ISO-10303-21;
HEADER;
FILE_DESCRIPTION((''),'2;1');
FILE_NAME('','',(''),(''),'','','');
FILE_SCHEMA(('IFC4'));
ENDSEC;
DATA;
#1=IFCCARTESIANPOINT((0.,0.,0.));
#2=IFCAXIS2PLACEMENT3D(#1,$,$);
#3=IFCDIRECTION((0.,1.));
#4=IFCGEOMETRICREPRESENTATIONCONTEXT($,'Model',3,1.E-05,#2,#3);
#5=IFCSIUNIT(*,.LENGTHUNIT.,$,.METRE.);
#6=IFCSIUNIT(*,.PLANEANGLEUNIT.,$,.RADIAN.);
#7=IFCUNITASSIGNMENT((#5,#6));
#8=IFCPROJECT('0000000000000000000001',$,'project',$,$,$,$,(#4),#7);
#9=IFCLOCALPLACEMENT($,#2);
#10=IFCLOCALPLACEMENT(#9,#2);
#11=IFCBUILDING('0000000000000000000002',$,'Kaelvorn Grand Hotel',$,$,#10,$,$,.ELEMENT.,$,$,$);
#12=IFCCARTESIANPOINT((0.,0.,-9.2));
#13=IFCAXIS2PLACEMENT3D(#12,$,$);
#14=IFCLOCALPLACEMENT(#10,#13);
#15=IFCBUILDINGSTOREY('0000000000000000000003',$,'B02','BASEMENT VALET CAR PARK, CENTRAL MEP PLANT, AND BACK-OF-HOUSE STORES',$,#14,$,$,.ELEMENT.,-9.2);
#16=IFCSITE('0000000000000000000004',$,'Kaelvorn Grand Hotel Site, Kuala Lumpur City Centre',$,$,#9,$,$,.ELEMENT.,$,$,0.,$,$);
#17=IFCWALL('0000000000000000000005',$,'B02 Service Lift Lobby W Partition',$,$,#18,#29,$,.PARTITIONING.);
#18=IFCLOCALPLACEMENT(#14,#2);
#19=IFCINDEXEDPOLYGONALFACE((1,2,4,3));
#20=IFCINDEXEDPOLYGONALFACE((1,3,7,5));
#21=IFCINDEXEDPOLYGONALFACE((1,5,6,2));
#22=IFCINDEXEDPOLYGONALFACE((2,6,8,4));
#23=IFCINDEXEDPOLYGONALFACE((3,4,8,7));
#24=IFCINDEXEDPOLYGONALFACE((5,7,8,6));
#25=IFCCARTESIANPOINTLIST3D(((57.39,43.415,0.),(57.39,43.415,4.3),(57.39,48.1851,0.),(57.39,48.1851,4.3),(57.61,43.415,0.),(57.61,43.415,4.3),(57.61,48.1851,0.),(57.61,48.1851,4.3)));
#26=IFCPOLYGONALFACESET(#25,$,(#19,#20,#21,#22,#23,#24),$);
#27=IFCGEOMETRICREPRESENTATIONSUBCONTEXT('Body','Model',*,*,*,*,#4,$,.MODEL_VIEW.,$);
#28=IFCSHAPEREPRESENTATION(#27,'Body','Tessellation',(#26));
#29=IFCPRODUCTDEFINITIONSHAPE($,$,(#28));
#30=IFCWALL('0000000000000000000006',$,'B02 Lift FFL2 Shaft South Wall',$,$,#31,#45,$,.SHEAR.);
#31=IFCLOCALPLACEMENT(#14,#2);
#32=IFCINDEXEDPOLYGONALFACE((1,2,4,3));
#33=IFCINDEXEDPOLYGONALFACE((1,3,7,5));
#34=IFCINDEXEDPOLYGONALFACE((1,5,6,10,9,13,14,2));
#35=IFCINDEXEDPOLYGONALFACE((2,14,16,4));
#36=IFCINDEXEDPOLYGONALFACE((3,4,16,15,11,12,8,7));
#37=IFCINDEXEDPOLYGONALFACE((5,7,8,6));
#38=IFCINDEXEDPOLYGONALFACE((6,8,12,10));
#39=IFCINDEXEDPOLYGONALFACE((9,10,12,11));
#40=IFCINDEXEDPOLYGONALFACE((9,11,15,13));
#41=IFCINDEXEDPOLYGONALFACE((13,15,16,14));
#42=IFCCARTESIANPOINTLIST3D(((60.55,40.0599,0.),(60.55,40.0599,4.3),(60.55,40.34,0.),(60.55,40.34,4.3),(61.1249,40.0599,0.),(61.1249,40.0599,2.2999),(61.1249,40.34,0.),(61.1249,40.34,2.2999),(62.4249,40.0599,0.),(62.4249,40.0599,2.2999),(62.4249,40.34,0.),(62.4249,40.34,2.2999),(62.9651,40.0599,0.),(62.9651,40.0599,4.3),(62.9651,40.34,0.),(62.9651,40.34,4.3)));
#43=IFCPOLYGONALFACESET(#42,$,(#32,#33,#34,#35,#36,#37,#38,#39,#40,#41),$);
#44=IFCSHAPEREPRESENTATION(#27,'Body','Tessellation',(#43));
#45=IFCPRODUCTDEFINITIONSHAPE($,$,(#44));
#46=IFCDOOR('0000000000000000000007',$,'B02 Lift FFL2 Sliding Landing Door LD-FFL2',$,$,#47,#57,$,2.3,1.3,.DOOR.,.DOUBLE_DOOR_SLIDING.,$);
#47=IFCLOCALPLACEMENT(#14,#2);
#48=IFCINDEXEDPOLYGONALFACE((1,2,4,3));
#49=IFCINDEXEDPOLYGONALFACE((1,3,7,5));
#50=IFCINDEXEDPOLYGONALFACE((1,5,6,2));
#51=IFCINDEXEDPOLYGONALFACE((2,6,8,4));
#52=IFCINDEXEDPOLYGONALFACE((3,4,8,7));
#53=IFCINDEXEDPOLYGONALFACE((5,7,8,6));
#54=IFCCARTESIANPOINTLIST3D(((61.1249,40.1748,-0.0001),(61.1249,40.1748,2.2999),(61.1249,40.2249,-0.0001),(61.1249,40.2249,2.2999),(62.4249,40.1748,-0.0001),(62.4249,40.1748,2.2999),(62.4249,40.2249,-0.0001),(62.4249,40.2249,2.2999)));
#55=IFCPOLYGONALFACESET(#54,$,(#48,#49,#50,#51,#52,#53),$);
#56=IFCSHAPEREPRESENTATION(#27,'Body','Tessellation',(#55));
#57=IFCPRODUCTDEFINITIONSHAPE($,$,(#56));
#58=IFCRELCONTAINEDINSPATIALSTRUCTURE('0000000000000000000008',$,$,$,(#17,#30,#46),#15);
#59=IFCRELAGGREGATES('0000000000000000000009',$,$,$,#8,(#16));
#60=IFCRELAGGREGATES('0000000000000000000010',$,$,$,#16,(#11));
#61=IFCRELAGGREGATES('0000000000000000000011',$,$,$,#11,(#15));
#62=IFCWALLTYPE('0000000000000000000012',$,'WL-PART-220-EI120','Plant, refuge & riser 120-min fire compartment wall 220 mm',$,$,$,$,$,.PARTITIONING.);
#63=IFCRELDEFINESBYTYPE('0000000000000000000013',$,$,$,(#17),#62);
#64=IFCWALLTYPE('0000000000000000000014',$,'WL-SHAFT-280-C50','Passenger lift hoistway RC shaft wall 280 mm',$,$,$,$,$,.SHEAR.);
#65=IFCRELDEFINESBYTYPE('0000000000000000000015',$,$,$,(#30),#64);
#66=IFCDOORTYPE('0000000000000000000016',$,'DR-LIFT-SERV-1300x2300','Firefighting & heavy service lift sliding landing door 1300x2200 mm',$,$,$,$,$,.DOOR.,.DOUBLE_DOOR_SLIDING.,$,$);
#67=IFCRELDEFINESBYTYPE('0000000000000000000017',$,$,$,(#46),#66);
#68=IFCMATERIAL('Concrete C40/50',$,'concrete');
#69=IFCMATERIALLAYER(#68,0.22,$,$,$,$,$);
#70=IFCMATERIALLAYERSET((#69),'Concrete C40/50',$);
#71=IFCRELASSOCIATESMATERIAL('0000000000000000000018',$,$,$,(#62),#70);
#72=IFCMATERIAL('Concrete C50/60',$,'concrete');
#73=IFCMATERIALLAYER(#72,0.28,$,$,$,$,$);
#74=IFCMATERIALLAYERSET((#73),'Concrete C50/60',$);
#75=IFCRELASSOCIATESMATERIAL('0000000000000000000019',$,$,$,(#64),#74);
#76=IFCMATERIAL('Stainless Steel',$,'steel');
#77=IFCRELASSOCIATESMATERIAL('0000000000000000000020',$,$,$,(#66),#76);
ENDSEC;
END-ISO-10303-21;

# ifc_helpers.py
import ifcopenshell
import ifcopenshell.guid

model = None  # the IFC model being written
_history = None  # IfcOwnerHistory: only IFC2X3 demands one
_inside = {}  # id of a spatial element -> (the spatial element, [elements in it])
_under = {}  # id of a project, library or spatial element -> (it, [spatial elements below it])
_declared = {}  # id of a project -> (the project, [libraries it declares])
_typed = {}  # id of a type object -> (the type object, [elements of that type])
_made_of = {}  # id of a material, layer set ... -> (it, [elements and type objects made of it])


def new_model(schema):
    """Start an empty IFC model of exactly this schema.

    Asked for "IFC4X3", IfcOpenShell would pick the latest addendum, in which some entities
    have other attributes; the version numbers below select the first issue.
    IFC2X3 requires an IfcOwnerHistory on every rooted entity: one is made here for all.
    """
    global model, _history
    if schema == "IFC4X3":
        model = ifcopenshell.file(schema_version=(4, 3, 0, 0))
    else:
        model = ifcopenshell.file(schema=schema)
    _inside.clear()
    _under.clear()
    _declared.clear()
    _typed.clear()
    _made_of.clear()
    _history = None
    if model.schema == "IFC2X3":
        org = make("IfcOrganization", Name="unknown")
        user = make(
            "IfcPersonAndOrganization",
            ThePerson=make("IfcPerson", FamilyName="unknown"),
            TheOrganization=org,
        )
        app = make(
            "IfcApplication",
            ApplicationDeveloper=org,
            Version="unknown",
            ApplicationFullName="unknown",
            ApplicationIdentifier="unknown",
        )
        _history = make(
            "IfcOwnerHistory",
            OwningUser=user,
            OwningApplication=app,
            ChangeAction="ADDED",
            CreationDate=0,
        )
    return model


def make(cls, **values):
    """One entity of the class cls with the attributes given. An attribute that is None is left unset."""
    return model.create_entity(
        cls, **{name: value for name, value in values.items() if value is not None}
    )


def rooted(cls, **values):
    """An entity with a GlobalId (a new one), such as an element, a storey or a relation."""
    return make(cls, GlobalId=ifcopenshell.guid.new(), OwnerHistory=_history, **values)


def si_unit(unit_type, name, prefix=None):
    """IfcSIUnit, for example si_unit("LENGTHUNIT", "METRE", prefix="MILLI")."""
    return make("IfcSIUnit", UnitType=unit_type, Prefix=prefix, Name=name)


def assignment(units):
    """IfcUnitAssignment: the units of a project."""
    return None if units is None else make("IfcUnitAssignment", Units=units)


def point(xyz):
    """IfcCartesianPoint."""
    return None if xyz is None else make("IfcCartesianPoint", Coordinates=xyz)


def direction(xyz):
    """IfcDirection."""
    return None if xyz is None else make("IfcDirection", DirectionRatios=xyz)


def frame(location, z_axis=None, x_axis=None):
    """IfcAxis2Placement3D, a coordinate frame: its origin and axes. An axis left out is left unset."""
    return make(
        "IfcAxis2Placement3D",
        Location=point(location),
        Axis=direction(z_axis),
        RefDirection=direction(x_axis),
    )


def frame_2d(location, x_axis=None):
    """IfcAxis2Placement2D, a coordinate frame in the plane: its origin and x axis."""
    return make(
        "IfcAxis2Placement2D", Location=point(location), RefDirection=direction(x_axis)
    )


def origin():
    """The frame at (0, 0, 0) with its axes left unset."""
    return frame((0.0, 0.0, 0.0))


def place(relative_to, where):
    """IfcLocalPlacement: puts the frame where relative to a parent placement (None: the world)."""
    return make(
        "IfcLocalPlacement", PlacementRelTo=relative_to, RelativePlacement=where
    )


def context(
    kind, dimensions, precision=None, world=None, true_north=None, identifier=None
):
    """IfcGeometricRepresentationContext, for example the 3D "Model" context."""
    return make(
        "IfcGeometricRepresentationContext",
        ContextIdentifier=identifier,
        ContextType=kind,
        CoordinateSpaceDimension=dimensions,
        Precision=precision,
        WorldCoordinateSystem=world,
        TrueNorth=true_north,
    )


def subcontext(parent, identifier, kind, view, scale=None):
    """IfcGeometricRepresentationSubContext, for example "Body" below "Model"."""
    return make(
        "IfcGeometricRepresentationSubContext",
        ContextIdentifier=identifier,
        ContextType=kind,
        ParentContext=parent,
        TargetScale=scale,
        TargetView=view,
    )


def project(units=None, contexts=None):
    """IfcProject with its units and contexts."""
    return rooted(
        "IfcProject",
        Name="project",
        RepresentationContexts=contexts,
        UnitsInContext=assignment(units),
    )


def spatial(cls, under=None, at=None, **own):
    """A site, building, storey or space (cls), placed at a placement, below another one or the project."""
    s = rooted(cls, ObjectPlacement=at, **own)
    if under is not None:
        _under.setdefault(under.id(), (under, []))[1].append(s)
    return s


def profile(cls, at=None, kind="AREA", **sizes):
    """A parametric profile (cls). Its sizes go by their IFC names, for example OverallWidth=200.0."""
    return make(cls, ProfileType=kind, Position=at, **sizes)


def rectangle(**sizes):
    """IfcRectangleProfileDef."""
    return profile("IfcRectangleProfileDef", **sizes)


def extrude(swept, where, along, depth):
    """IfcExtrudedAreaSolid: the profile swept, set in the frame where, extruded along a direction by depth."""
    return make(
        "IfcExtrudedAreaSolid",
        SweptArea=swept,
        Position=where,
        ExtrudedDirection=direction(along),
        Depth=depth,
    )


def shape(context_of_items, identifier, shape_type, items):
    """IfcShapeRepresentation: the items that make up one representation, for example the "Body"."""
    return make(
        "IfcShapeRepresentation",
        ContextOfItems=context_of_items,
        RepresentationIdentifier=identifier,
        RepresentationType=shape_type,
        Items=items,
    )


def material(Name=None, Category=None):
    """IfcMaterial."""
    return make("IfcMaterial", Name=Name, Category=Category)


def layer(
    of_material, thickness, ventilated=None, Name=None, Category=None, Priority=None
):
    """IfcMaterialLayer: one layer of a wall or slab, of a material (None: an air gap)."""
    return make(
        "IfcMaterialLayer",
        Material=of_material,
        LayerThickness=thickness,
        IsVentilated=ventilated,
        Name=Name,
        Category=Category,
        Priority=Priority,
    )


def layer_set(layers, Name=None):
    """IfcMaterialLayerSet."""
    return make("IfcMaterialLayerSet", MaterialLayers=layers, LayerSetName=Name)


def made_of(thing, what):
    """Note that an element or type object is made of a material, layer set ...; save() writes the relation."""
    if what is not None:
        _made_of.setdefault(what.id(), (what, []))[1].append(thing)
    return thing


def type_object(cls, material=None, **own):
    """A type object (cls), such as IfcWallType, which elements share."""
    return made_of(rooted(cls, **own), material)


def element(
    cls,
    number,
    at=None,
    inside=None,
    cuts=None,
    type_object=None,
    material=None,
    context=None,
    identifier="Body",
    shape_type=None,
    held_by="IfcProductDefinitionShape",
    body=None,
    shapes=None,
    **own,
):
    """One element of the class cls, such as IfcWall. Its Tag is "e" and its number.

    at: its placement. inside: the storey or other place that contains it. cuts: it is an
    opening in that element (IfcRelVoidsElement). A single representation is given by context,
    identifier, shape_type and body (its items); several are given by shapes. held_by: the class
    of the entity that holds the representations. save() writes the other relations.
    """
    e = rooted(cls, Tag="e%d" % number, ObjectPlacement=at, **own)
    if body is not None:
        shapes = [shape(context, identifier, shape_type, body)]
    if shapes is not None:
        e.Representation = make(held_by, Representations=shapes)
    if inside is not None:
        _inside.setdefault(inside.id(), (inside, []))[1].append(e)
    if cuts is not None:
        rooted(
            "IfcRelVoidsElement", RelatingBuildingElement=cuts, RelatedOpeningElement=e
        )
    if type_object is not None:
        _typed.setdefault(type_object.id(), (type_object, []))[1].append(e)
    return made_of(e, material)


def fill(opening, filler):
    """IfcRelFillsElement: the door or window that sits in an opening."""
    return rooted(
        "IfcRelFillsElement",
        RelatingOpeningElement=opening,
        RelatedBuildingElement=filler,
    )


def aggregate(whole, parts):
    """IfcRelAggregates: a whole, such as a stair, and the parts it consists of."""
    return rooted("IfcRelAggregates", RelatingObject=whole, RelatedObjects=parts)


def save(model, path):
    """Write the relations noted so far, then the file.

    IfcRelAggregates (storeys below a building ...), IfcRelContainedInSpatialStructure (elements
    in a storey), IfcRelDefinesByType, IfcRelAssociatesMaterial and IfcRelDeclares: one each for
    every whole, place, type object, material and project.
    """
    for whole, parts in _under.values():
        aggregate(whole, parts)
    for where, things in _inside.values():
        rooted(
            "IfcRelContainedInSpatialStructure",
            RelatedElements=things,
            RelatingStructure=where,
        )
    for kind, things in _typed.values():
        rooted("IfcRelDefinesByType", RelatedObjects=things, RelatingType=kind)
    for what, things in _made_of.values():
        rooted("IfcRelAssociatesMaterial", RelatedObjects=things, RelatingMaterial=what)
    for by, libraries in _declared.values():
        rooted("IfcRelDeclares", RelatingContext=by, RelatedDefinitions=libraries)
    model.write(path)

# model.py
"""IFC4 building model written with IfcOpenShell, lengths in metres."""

from ifc_helpers import new_model, si_unit, direction, frame, frame_2d, origin, place, context, subcontext, project, spatial, rectangle, extrude, material, layer, layer_set, type_object, element, fill, save


model = new_model("IFC4")

# Units and contexts
model_context = context("Model", 3, precision=1e-05, world=origin(), true_north=direction((0.0, 1.0)))
body_context = subcontext(model_context, "Body", "Model", "MODEL_VIEW")
ifc_project = project(units=[si_unit("LENGTHUNIT", "METRE"), si_unit("PLANEANGLEUNIT", "RADIAN")], contexts=[model_context])

# Site, building, storey
site_placement = place(None, origin())
site = spatial("IfcSite", under=ifc_project, at=site_placement, Name="Kaelvorn Grand Hotel Site, Kuala Lumpur City Centre", CompositionType="ELEMENT", RefElevation=0.0)
building_placement = place(site_placement, origin())
building = spatial("IfcBuilding", under=site, at=building_placement, Name="Kaelvorn Grand Hotel", CompositionType="ELEMENT")
storey_placement = place(building_placement, frame((0.0, 0.0, -9.2)))
storey = spatial("IfcBuildingStorey", under=building, at=storey_placement, Name="B02", Description="BASEMENT VALET CAR PARK, CENTRAL MEP PLANT, AND BACK-OF-HOUSE STORES", CompositionType="ELEMENT", Elevation=-9.2)

# Shared definitions
ifc_material_1 = material(Name="Concrete C40/50", Category="concrete")
ifc_layer_1 = layer(ifc_material_1, 0.22)
ifc_layer_set_1 = layer_set([ifc_layer_1], Name="Concrete C40/50")
wall_type_1 = type_object("IfcWallType", Name="WL-PART-220-EI120", Description="Plant, refuge & riser 120-min fire compartment wall 220 mm", PredefinedType="PARTITIONING", material=ifc_layer_set_1)

# Wall
wall_1_placement = place(storey_placement, frame((57.5, 43.415, 0.0), z_axis=(0.0, 0.0, 1.0), x_axis=(0.0, 1.0, 0.0)))
element("IfcWall", 1, at=wall_1_placement, inside=storey, type_object=wall_type_1, Name="B02 Service Lift Lobby W Partition", PredefinedType="PARTITIONING", context=body_context, shape_type="SweptSolid", body=[
    extrude(rectangle(XDim=4.77, YDim=0.22, at=frame_2d((2.385, 0.0))), origin(), (0.0, 0.0, 1.0), 4.3),
])

# Wall, opening, door
ifc_material_2 = material(Name="Concrete C50/60", Category="concrete")
ifc_layer_2 = layer(ifc_material_2, 0.28)
ifc_layer_set_2 = layer_set([ifc_layer_2], Name="Concrete C50/60")
wall_type_2 = type_object("IfcWallType", Name="WL-SHAFT-280-C50", Description="Passenger lift hoistway RC shaft wall 280 mm", PredefinedType="SHEAR", material=ifc_layer_set_2)
wall_2_placement = place(storey_placement, frame((60.55, 40.2, 0.0), z_axis=(0.0, 0.0, 1.0), x_axis=(1.0, 0.0, 0.0)))
wall_2 = element("IfcWall", 2, at=wall_2_placement, inside=storey, type_object=wall_type_2, Name="B02 Lift FFL2 Shaft South Wall", PredefinedType="SHEAR", context=body_context, shape_type="SweptSolid", body=[
    extrude(rectangle(XDim=2.415, YDim=0.28, at=frame_2d((1.2075, 0.0))), origin(), (0.0, 0.0, 1.0), 4.3),
])
opening_1_placement = place(wall_2_placement, frame((0.575, 0.0, 0.0)))
opening_1 = element("IfcOpeningElement", 3, at=opening_1_placement, cuts=wall_2, PredefinedType="OPENING", context=body_context, shape_type="SweptSolid", body=[
    extrude(rectangle(XDim=1.3, YDim=2.3, at=frame_2d((0.6499, 1.1499))), frame((0.0, 0.1499, 0.0), z_axis=(0.0, -1.0, 0.0), x_axis=(1.0, 0.0, 0.0)), (0.0, 0.0, 1.0), 0.3),
])
ifc_material_3 = material(Name="Stainless Steel", Category="steel")
door_type_1 = type_object("IfcDoorType", Name="DR-LIFT-SERV-1300x2300", Description="Firefighting & heavy service lift sliding landing door 1300x2200 mm", OperationType="DOUBLE_DOOR_SLIDING", PredefinedType="DOOR", material=ifc_material_3)
door_1_placement = place(opening_1_placement, origin())
door_1 = element("IfcDoor", 4, at=door_1_placement, inside=storey, type_object=door_type_1, Name="B02 Lift FFL2 Sliding Landing Door LD-FFL2", OperationType="DOUBLE_DOOR_SLIDING", OverallHeight=2.3, OverallWidth=1.3, PredefinedType="DOOR", context=body_context, shape_type="SweptSolid", body=[
    extrude(rectangle(XDim=1.3, YDim=2.3, at=frame_2d((0.6499, 1.1499))), frame((0.0, 0.0249, 0.0), z_axis=(0.0, -1.0, 0.0), x_axis=(1.0, 0.0, 0.0)), (0.0, 0.0, 1.0), 0.05),
])
fill(opening_1, door_1)

save(model, "model.ifc")
